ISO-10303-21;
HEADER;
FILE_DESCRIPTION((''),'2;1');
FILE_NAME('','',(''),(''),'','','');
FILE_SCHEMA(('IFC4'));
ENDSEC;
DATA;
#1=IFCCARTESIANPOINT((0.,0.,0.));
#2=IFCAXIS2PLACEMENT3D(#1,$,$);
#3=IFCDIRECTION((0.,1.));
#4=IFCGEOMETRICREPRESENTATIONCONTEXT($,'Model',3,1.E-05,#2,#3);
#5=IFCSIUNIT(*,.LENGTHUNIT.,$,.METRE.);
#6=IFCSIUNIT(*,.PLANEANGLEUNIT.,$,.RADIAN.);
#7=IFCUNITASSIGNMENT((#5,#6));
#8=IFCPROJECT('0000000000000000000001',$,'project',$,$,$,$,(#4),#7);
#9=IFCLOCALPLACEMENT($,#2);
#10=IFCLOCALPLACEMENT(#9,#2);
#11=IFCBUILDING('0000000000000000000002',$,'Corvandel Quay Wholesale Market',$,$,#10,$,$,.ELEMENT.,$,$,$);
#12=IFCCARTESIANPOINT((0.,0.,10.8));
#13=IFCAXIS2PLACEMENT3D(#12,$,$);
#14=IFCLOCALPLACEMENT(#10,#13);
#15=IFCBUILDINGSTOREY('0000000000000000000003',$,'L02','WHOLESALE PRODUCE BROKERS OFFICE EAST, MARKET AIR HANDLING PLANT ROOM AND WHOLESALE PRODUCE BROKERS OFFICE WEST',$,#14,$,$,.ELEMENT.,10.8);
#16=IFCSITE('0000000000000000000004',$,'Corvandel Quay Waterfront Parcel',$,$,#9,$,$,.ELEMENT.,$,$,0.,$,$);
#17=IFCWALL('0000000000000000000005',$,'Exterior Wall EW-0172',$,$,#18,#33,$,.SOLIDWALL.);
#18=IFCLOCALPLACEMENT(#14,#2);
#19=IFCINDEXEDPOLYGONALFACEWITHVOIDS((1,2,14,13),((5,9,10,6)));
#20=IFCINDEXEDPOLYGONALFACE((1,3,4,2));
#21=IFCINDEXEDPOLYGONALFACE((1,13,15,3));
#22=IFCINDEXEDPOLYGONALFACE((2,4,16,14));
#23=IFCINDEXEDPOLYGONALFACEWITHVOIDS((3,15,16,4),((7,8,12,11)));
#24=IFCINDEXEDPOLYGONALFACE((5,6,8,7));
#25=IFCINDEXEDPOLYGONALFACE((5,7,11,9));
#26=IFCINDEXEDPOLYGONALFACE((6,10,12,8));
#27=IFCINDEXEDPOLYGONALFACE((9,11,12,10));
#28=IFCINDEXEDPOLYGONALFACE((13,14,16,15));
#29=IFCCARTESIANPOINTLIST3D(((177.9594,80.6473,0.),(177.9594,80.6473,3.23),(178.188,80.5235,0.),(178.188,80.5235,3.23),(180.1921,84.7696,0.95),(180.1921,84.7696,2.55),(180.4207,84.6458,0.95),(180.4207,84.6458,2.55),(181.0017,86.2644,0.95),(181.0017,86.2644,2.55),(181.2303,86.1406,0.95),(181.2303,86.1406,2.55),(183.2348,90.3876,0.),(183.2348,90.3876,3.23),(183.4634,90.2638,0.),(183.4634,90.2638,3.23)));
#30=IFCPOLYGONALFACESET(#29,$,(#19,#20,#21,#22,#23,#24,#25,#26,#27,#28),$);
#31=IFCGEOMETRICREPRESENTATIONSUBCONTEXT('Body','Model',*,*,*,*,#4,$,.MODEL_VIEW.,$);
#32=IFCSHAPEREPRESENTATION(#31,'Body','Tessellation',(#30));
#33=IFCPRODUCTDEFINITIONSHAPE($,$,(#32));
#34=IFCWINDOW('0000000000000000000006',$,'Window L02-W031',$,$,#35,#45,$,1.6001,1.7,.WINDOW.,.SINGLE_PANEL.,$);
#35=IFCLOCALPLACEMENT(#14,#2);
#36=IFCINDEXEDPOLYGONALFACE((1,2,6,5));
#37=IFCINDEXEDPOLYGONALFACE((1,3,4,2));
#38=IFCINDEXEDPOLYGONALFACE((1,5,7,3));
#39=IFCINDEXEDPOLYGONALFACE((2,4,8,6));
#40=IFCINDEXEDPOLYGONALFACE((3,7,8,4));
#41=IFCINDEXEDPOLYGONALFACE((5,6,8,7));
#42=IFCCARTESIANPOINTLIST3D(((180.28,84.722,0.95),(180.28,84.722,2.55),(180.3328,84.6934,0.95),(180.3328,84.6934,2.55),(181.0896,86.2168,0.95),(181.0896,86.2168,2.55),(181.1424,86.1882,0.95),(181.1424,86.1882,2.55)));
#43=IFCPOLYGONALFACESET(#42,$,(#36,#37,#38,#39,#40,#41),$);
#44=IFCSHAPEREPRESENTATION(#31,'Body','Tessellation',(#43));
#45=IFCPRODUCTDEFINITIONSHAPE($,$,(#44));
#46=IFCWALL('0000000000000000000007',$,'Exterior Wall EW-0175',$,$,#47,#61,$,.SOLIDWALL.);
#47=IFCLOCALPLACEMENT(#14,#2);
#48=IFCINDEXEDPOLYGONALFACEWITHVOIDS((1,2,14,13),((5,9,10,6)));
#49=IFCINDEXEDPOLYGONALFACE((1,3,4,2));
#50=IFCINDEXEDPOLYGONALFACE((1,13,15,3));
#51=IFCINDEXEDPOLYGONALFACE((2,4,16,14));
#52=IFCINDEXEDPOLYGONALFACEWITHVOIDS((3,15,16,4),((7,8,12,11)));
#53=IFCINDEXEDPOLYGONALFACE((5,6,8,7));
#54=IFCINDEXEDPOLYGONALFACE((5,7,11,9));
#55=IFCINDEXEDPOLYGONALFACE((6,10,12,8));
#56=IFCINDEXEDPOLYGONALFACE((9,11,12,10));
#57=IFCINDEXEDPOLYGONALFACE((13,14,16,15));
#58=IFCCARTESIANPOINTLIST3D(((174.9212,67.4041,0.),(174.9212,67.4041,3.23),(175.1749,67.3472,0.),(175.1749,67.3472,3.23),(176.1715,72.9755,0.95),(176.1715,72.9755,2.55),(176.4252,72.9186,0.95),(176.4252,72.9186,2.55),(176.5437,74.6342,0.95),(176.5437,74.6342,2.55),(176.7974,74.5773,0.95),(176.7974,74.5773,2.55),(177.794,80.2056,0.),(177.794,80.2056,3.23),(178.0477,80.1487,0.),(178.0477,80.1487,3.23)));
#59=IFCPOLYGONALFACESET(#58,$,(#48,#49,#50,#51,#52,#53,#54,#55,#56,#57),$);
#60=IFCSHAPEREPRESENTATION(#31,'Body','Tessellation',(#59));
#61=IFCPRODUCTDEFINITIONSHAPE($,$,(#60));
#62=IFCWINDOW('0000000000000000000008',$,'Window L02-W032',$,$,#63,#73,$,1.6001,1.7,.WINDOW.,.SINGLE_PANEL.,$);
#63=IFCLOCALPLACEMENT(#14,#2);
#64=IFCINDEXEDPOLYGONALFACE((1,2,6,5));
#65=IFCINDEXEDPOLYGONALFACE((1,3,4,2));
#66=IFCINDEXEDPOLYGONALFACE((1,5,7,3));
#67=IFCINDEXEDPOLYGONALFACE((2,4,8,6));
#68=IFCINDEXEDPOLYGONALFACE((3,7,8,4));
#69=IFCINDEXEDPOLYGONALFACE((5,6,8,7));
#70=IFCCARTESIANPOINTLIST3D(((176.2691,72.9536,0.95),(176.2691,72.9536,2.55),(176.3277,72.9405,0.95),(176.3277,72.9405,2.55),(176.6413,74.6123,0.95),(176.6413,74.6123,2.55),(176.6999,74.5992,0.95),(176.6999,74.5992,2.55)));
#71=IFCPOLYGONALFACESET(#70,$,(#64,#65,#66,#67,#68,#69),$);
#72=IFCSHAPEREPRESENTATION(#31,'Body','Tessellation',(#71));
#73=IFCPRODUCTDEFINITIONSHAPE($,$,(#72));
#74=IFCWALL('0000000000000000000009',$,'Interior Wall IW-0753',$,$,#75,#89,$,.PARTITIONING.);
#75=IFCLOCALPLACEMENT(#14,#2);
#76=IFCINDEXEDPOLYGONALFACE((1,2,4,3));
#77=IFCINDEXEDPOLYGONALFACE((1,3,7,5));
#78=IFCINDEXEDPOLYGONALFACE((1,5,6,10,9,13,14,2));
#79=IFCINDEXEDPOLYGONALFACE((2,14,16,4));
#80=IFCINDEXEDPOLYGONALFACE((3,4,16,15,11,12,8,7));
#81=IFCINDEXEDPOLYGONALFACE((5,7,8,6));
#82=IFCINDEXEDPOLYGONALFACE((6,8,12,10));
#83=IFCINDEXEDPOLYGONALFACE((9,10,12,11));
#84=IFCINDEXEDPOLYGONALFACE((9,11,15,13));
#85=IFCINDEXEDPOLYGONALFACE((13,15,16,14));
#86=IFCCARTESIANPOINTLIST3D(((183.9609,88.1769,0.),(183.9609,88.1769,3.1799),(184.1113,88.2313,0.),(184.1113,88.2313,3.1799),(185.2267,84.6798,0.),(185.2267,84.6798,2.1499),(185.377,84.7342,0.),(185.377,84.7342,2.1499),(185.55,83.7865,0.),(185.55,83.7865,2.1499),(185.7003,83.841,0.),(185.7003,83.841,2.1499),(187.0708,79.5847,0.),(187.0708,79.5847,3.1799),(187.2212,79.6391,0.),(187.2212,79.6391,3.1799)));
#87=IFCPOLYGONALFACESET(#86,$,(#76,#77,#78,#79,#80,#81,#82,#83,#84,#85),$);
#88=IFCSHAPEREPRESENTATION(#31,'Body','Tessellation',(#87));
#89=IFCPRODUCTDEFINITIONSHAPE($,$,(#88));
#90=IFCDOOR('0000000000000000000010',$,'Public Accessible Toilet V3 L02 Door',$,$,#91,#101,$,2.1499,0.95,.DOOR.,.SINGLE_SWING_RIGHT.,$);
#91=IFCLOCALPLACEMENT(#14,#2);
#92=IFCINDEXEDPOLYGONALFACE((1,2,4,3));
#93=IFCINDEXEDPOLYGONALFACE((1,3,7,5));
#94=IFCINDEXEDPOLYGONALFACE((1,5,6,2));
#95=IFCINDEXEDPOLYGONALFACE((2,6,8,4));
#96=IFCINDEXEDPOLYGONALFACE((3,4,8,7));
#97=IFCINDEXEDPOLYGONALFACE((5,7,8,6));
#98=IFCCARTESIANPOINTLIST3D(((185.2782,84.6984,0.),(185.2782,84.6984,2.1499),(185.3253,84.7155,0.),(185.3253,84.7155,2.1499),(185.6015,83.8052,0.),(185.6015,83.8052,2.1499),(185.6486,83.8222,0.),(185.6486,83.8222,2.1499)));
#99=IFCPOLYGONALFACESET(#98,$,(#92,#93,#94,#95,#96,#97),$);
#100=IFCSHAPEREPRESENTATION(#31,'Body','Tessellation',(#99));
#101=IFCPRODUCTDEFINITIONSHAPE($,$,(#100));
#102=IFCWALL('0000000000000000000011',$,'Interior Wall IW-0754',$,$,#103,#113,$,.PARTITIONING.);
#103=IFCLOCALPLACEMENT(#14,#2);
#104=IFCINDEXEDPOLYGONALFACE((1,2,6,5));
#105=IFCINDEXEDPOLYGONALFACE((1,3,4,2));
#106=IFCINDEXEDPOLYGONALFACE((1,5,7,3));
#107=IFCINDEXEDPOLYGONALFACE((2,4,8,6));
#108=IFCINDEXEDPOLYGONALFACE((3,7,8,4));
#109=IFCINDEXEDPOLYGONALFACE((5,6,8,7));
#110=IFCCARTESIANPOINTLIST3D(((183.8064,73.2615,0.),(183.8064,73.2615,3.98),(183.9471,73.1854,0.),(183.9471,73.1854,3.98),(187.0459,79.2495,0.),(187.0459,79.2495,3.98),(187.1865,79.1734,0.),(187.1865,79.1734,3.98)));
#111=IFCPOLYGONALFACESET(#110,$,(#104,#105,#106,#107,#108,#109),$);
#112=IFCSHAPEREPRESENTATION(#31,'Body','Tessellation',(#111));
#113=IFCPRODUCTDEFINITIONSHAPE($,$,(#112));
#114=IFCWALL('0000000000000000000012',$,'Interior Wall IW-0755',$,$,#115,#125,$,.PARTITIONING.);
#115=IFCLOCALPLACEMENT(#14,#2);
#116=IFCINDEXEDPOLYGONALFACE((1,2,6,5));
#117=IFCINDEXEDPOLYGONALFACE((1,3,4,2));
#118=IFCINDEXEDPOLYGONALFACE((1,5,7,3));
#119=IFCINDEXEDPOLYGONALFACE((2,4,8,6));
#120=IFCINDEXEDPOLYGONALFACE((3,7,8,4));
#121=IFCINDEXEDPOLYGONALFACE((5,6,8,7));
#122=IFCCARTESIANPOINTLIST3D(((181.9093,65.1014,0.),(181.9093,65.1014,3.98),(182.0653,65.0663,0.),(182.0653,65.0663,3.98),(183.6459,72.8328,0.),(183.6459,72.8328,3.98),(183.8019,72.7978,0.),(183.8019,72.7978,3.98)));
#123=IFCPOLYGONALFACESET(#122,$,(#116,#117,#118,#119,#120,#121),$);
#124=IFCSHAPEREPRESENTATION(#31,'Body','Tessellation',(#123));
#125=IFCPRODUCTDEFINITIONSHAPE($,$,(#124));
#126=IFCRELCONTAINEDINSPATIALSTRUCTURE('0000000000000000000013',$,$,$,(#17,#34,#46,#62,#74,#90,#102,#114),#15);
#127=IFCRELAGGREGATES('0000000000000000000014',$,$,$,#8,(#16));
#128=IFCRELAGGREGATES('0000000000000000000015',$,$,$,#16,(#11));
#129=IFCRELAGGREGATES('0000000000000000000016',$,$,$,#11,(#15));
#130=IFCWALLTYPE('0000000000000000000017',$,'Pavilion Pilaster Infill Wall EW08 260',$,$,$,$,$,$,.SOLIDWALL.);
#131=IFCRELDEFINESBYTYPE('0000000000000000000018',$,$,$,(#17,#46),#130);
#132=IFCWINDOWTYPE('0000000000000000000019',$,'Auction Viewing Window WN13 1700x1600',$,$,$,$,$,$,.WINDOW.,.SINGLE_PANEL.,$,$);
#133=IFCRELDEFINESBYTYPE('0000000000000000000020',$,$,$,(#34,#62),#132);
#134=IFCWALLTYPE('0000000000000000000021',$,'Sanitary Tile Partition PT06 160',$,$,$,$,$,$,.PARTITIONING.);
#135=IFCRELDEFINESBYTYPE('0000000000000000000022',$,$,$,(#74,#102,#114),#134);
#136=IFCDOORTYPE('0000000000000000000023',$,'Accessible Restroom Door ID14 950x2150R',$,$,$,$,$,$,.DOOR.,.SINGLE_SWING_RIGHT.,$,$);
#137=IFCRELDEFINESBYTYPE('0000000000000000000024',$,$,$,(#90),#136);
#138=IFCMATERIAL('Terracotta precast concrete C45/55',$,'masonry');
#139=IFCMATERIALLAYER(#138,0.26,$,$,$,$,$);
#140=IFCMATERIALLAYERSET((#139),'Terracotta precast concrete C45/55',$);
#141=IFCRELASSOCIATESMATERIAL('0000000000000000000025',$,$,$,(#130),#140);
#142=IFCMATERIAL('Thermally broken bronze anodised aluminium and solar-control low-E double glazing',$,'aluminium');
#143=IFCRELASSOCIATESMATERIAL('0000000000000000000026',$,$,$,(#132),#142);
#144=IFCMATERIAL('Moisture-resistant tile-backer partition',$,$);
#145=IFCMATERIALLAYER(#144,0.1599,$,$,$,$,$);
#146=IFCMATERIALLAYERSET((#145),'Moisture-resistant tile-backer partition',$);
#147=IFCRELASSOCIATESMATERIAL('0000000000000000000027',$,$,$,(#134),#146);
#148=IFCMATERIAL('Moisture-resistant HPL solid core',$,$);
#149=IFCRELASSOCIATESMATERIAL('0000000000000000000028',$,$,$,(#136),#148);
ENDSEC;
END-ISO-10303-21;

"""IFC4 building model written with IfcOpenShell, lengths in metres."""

from ifc_helpers import new_model, si_unit, direction, frame, frame_2d, origin, place, context, subcontext, project, spatial, rectangle, extrude, material, layer, layer_set, type_object, element, fill, save


model = new_model("IFC4")

# Units and contexts
model_context = context("Model", 3, precision=1e-05, world=origin(), true_north=direction((0.0, 1.0)))
body_context = subcontext(model_context, "Body", "Model", "MODEL_VIEW")
ifc_project = project(units=[si_unit("LENGTHUNIT", "METRE"), si_unit("PLANEANGLEUNIT", "RADIAN")], contexts=[model_context])

# Site, building, storey
site_placement = place(None, origin())
site = spatial("IfcSite", under=ifc_project, at=site_placement, Name="Corvandel Quay Waterfront Parcel", CompositionType="ELEMENT", RefElevation=0.0)
building_placement = place(site_placement, origin())
building = spatial("IfcBuilding", under=site, at=building_placement, Name="Corvandel Quay Wholesale Market", CompositionType="ELEMENT")
storey_placement = place(building_placement, frame((0.0, 0.0, 10.8)))
storey = spatial("IfcBuildingStorey", under=building, at=storey_placement, Name="L02", Description="WHOLESALE PRODUCE BROKERS OFFICE EAST, MARKET AIR HANDLING PLANT ROOM AND WHOLESALE PRODUCE BROKERS OFFICE WEST", CompositionType="ELEMENT", Elevation=10.8)

# Walls, openings, windows
ifc_material_1 = material(Name="Terracotta precast concrete C45/55", Category="masonry")
ifc_layer_1 = layer(ifc_material_1, 0.26)
ifc_layer_set_1 = layer_set([ifc_layer_1], Name="Terracotta precast concrete C45/55")
wall_type_1 = type_object("IfcWallType", Name="Pavilion Pilaster Infill Wall EW08 260", PredefinedType="SOLIDWALL", material=ifc_layer_set_1)
ifc_material_2 = material(Name="Thermally broken bronze anodised aluminium and solar-control low-E double glazing", Category="aluminium")
window_type = type_object("IfcWindowType", Name="Auction Viewing Window WN13 1700x1600", PartitioningType="SINGLE_PANEL", PredefinedType="WINDOW", material=ifc_material_2)
wall_1_placement = place(storey_placement, frame((183.3491, 90.3257, 0.0), z_axis=(0.0, 0.0, 1.0), x_axis=(-0.476243, -0.879314, 0.0)))
wall_1 = element("IfcWall", 1, at=wall_1_placement, inside=storey, type_object=wall_type_1, Name="Exterior Wall EW-0172", PredefinedType="SOLIDWALL", context=body_context, shape_type="SweptSolid", body=[
    extrude(rectangle(XDim=11.0771, YDim=0.26, at=frame_2d((5.5386, 0.0))), origin(), (0.0, 0.0, 1.0), 3.23),
])
opening_1_placement = place(wall_1_placement, frame((4.689, 0.0, 0.95)))
opening_1 = element("IfcOpeningElement", 2, at=opening_1_placement, cuts=wall_1, PredefinedType="OPENING", context=body_context, shape_type="SweptSolid", body=[
    extrude(rectangle(XDim=1.7, YDim=1.6001, at=frame_2d((0.8501, 0.8))), frame((0.0, 0.1399, 0.0), z_axis=(0.0, -1.0, 0.0), x_axis=(1.0, 0.0, 0.0)), (0.0, 0.0, 1.0), 0.28),
])
window_1_placement = place(opening_1_placement, origin())
window_1 = element("IfcWindow", 3, at=window_1_placement, inside=storey, type_object=window_type, Name="Window L02-W031", OverallHeight=1.6001, OverallWidth=1.7, PartitioningType="SINGLE_PANEL", PredefinedType="WINDOW", context=body_context, shape_type="SweptSolid", body=[
    extrude(rectangle(XDim=1.7, YDim=1.6001, at=frame_2d((0.8501, 0.8))), frame((0.0, 0.03, 0.0), z_axis=(0.0, -1.0, 0.0), x_axis=(1.0, 0.0, 0.0)), (0.0, 0.0, 1.0), 0.0601),
])
fill(opening_1, window_1)
wall_2_placement = place(storey_placement, frame((177.9209, 80.1772, 0.0), z_axis=(0.0, 0.0, 1.0), x_axis=(-0.218965, -0.975733, 0.0)))
wall_2 = element("IfcWall", 4, at=wall_2_placement, inside=storey, type_object=wall_type_1, Name="Exterior Wall EW-0175", PredefinedType="SOLIDWALL", context=body_context, shape_type="SweptSolid", body=[
    extrude(rectangle(XDim=13.1199, YDim=0.26, at=frame_2d((6.5601, 0.0))), origin(), (0.0, 0.0, 1.0), 3.23),
])
opening_2_placement = place(wall_2_placement, frame((5.71, 0.0, 0.95)))
opening_2 = element("IfcOpeningElement", 5, at=opening_2_placement, cuts=wall_2, PredefinedType="OPENING", context=body_context, shape_type="SweptSolid", body=[
    extrude(rectangle(XDim=1.7, YDim=1.6001, at=frame_2d((0.8501, 0.8))), frame((0.0, 0.1399, 0.0), z_axis=(0.0, -1.0, 0.0), x_axis=(1.0, 0.0, 0.0)), (0.0, 0.0, 1.0), 0.28),
])
window_2_placement = place(opening_2_placement, origin())
window_2 = element("IfcWindow", 6, at=window_2_placement, inside=storey, type_object=window_type, Name="Window L02-W032", OverallHeight=1.6001, OverallWidth=1.7, PartitioningType="SINGLE_PANEL", PredefinedType="WINDOW", context=body_context, shape_type="SweptSolid", body=[
    extrude(rectangle(XDim=1.7, YDim=1.6001, at=frame_2d((0.8501, 0.8))), frame((0.0, 0.03, 0.0), z_axis=(0.0, -1.0, 0.0), x_axis=(1.0, 0.0, 0.0)), (0.0, 0.0, 1.0), 0.0601),
])
fill(opening_2, window_2)

# Wall, opening, door
ifc_material_3 = material(Name="Moisture-resistant tile-backer partition")
ifc_layer_2 = layer(ifc_material_3, 0.1599)
ifc_layer_set_2 = layer_set([ifc_layer_2], Name="Moisture-resistant tile-backer partition")
wall_type_2 = type_object("IfcWallType", Name="Sanitary Tile Partition PT06 160", PredefinedType="PARTITIONING", material=ifc_layer_set_2)
wall_3_placement = place(storey_placement, frame((184.0361, 88.2041, 0.0), z_axis=(0.0, 0.0, 1.0), x_axis=(0.340331, -0.940306, 0.0)))
wall_3 = element("IfcWall", 7, at=wall_3_placement, inside=storey, type_object=wall_type_2, Name="Interior Wall IW-0753", PredefinedType="PARTITIONING", context=body_context, shape_type="SweptSolid", body=[
    extrude(rectangle(XDim=9.1377, YDim=0.1599, at=frame_2d((4.5688, 0.0))), origin(), (0.0, 0.0, 1.0), 3.1799),
])
opening_3_placement = place(wall_3_placement, frame((3.719, 0.0, 0.0)))
opening_3 = element("IfcOpeningElement", 8, at=opening_3_placement, cuts=wall_3, PredefinedType="OPENING", context=body_context, shape_type="SweptSolid", body=[
    extrude(rectangle(XDim=0.95, YDim=2.1499, at=frame_2d((0.4751, 1.075))), frame((0.0, 0.0898, 0.0), z_axis=(0.0, -1.0, 0.0), x_axis=(1.0, 0.0, 0.0)), (0.0, 0.0, 1.0), 0.1799),
])
ifc_material_4 = material(Name="Moisture-resistant HPL solid core")
door_type_1 = type_object("IfcDoorType", Name="Accessible Restroom Door ID14 950x2150R", OperationType="SINGLE_SWING_RIGHT", PredefinedType="DOOR", material=ifc_material_4)
door_1_placement = place(opening_3_placement, origin())
door_1 = element("IfcDoor", 9, at=door_1_placement, inside=storey, type_object=door_type_1, Name="Public Accessible Toilet V3 L02 Door", OperationType="SINGLE_SWING_RIGHT", OverallHeight=2.1499, OverallWidth=0.95, PredefinedType="DOOR", context=body_context, shape_type="SweptSolid", body=[
    extrude(rectangle(XDim=0.95, YDim=2.1499, at=frame_2d((0.4751, 1.075))), frame((0.0, 0.0249, 0.0), z_axis=(0.0, -1.0, 0.0), x_axis=(1.0, 0.0, 0.0)), (0.0, 0.0, 1.0), 0.05),
])
fill(opening_3, door_1)

# Walls
wall_4_placement = place(storey_placement, frame((187.1162, 79.2114, 0.0), z_axis=(0.0, 0.0, 1.0), x_axis=(-0.475827, -0.879539, 0.0)))
element("IfcWall", 10, at=wall_4_placement, inside=storey, type_object=wall_type_2, Name="Interior Wall IW-0754", PredefinedType="PARTITIONING", context=body_context, shape_type="SweptSolid", body=[
    extrude(rectangle(XDim=6.8081, YDim=0.1599, at=frame_2d((3.4041, 0.0))), origin(), (0.0, 0.0, 1.0), 3.98),
])
wall_5_placement = place(storey_placement, frame((183.7239, 72.8152, 0.0), z_axis=(0.0, 0.0, 1.0), x_axis=(-0.219151, -0.975691, 0.0)))
element("IfcWall", 11, at=wall_5_placement, inside=storey, type_object=wall_type_2, Name="Interior Wall IW-0755", PredefinedType="PARTITIONING", context=body_context, shape_type="SweptSolid", body=[
    extrude(rectangle(XDim=7.9241, YDim=0.1599, at=frame_2d((3.9619, 0.0))), origin(), (0.0, 0.0, 1.0), 3.98),
])

save(model, "model.ifc")
